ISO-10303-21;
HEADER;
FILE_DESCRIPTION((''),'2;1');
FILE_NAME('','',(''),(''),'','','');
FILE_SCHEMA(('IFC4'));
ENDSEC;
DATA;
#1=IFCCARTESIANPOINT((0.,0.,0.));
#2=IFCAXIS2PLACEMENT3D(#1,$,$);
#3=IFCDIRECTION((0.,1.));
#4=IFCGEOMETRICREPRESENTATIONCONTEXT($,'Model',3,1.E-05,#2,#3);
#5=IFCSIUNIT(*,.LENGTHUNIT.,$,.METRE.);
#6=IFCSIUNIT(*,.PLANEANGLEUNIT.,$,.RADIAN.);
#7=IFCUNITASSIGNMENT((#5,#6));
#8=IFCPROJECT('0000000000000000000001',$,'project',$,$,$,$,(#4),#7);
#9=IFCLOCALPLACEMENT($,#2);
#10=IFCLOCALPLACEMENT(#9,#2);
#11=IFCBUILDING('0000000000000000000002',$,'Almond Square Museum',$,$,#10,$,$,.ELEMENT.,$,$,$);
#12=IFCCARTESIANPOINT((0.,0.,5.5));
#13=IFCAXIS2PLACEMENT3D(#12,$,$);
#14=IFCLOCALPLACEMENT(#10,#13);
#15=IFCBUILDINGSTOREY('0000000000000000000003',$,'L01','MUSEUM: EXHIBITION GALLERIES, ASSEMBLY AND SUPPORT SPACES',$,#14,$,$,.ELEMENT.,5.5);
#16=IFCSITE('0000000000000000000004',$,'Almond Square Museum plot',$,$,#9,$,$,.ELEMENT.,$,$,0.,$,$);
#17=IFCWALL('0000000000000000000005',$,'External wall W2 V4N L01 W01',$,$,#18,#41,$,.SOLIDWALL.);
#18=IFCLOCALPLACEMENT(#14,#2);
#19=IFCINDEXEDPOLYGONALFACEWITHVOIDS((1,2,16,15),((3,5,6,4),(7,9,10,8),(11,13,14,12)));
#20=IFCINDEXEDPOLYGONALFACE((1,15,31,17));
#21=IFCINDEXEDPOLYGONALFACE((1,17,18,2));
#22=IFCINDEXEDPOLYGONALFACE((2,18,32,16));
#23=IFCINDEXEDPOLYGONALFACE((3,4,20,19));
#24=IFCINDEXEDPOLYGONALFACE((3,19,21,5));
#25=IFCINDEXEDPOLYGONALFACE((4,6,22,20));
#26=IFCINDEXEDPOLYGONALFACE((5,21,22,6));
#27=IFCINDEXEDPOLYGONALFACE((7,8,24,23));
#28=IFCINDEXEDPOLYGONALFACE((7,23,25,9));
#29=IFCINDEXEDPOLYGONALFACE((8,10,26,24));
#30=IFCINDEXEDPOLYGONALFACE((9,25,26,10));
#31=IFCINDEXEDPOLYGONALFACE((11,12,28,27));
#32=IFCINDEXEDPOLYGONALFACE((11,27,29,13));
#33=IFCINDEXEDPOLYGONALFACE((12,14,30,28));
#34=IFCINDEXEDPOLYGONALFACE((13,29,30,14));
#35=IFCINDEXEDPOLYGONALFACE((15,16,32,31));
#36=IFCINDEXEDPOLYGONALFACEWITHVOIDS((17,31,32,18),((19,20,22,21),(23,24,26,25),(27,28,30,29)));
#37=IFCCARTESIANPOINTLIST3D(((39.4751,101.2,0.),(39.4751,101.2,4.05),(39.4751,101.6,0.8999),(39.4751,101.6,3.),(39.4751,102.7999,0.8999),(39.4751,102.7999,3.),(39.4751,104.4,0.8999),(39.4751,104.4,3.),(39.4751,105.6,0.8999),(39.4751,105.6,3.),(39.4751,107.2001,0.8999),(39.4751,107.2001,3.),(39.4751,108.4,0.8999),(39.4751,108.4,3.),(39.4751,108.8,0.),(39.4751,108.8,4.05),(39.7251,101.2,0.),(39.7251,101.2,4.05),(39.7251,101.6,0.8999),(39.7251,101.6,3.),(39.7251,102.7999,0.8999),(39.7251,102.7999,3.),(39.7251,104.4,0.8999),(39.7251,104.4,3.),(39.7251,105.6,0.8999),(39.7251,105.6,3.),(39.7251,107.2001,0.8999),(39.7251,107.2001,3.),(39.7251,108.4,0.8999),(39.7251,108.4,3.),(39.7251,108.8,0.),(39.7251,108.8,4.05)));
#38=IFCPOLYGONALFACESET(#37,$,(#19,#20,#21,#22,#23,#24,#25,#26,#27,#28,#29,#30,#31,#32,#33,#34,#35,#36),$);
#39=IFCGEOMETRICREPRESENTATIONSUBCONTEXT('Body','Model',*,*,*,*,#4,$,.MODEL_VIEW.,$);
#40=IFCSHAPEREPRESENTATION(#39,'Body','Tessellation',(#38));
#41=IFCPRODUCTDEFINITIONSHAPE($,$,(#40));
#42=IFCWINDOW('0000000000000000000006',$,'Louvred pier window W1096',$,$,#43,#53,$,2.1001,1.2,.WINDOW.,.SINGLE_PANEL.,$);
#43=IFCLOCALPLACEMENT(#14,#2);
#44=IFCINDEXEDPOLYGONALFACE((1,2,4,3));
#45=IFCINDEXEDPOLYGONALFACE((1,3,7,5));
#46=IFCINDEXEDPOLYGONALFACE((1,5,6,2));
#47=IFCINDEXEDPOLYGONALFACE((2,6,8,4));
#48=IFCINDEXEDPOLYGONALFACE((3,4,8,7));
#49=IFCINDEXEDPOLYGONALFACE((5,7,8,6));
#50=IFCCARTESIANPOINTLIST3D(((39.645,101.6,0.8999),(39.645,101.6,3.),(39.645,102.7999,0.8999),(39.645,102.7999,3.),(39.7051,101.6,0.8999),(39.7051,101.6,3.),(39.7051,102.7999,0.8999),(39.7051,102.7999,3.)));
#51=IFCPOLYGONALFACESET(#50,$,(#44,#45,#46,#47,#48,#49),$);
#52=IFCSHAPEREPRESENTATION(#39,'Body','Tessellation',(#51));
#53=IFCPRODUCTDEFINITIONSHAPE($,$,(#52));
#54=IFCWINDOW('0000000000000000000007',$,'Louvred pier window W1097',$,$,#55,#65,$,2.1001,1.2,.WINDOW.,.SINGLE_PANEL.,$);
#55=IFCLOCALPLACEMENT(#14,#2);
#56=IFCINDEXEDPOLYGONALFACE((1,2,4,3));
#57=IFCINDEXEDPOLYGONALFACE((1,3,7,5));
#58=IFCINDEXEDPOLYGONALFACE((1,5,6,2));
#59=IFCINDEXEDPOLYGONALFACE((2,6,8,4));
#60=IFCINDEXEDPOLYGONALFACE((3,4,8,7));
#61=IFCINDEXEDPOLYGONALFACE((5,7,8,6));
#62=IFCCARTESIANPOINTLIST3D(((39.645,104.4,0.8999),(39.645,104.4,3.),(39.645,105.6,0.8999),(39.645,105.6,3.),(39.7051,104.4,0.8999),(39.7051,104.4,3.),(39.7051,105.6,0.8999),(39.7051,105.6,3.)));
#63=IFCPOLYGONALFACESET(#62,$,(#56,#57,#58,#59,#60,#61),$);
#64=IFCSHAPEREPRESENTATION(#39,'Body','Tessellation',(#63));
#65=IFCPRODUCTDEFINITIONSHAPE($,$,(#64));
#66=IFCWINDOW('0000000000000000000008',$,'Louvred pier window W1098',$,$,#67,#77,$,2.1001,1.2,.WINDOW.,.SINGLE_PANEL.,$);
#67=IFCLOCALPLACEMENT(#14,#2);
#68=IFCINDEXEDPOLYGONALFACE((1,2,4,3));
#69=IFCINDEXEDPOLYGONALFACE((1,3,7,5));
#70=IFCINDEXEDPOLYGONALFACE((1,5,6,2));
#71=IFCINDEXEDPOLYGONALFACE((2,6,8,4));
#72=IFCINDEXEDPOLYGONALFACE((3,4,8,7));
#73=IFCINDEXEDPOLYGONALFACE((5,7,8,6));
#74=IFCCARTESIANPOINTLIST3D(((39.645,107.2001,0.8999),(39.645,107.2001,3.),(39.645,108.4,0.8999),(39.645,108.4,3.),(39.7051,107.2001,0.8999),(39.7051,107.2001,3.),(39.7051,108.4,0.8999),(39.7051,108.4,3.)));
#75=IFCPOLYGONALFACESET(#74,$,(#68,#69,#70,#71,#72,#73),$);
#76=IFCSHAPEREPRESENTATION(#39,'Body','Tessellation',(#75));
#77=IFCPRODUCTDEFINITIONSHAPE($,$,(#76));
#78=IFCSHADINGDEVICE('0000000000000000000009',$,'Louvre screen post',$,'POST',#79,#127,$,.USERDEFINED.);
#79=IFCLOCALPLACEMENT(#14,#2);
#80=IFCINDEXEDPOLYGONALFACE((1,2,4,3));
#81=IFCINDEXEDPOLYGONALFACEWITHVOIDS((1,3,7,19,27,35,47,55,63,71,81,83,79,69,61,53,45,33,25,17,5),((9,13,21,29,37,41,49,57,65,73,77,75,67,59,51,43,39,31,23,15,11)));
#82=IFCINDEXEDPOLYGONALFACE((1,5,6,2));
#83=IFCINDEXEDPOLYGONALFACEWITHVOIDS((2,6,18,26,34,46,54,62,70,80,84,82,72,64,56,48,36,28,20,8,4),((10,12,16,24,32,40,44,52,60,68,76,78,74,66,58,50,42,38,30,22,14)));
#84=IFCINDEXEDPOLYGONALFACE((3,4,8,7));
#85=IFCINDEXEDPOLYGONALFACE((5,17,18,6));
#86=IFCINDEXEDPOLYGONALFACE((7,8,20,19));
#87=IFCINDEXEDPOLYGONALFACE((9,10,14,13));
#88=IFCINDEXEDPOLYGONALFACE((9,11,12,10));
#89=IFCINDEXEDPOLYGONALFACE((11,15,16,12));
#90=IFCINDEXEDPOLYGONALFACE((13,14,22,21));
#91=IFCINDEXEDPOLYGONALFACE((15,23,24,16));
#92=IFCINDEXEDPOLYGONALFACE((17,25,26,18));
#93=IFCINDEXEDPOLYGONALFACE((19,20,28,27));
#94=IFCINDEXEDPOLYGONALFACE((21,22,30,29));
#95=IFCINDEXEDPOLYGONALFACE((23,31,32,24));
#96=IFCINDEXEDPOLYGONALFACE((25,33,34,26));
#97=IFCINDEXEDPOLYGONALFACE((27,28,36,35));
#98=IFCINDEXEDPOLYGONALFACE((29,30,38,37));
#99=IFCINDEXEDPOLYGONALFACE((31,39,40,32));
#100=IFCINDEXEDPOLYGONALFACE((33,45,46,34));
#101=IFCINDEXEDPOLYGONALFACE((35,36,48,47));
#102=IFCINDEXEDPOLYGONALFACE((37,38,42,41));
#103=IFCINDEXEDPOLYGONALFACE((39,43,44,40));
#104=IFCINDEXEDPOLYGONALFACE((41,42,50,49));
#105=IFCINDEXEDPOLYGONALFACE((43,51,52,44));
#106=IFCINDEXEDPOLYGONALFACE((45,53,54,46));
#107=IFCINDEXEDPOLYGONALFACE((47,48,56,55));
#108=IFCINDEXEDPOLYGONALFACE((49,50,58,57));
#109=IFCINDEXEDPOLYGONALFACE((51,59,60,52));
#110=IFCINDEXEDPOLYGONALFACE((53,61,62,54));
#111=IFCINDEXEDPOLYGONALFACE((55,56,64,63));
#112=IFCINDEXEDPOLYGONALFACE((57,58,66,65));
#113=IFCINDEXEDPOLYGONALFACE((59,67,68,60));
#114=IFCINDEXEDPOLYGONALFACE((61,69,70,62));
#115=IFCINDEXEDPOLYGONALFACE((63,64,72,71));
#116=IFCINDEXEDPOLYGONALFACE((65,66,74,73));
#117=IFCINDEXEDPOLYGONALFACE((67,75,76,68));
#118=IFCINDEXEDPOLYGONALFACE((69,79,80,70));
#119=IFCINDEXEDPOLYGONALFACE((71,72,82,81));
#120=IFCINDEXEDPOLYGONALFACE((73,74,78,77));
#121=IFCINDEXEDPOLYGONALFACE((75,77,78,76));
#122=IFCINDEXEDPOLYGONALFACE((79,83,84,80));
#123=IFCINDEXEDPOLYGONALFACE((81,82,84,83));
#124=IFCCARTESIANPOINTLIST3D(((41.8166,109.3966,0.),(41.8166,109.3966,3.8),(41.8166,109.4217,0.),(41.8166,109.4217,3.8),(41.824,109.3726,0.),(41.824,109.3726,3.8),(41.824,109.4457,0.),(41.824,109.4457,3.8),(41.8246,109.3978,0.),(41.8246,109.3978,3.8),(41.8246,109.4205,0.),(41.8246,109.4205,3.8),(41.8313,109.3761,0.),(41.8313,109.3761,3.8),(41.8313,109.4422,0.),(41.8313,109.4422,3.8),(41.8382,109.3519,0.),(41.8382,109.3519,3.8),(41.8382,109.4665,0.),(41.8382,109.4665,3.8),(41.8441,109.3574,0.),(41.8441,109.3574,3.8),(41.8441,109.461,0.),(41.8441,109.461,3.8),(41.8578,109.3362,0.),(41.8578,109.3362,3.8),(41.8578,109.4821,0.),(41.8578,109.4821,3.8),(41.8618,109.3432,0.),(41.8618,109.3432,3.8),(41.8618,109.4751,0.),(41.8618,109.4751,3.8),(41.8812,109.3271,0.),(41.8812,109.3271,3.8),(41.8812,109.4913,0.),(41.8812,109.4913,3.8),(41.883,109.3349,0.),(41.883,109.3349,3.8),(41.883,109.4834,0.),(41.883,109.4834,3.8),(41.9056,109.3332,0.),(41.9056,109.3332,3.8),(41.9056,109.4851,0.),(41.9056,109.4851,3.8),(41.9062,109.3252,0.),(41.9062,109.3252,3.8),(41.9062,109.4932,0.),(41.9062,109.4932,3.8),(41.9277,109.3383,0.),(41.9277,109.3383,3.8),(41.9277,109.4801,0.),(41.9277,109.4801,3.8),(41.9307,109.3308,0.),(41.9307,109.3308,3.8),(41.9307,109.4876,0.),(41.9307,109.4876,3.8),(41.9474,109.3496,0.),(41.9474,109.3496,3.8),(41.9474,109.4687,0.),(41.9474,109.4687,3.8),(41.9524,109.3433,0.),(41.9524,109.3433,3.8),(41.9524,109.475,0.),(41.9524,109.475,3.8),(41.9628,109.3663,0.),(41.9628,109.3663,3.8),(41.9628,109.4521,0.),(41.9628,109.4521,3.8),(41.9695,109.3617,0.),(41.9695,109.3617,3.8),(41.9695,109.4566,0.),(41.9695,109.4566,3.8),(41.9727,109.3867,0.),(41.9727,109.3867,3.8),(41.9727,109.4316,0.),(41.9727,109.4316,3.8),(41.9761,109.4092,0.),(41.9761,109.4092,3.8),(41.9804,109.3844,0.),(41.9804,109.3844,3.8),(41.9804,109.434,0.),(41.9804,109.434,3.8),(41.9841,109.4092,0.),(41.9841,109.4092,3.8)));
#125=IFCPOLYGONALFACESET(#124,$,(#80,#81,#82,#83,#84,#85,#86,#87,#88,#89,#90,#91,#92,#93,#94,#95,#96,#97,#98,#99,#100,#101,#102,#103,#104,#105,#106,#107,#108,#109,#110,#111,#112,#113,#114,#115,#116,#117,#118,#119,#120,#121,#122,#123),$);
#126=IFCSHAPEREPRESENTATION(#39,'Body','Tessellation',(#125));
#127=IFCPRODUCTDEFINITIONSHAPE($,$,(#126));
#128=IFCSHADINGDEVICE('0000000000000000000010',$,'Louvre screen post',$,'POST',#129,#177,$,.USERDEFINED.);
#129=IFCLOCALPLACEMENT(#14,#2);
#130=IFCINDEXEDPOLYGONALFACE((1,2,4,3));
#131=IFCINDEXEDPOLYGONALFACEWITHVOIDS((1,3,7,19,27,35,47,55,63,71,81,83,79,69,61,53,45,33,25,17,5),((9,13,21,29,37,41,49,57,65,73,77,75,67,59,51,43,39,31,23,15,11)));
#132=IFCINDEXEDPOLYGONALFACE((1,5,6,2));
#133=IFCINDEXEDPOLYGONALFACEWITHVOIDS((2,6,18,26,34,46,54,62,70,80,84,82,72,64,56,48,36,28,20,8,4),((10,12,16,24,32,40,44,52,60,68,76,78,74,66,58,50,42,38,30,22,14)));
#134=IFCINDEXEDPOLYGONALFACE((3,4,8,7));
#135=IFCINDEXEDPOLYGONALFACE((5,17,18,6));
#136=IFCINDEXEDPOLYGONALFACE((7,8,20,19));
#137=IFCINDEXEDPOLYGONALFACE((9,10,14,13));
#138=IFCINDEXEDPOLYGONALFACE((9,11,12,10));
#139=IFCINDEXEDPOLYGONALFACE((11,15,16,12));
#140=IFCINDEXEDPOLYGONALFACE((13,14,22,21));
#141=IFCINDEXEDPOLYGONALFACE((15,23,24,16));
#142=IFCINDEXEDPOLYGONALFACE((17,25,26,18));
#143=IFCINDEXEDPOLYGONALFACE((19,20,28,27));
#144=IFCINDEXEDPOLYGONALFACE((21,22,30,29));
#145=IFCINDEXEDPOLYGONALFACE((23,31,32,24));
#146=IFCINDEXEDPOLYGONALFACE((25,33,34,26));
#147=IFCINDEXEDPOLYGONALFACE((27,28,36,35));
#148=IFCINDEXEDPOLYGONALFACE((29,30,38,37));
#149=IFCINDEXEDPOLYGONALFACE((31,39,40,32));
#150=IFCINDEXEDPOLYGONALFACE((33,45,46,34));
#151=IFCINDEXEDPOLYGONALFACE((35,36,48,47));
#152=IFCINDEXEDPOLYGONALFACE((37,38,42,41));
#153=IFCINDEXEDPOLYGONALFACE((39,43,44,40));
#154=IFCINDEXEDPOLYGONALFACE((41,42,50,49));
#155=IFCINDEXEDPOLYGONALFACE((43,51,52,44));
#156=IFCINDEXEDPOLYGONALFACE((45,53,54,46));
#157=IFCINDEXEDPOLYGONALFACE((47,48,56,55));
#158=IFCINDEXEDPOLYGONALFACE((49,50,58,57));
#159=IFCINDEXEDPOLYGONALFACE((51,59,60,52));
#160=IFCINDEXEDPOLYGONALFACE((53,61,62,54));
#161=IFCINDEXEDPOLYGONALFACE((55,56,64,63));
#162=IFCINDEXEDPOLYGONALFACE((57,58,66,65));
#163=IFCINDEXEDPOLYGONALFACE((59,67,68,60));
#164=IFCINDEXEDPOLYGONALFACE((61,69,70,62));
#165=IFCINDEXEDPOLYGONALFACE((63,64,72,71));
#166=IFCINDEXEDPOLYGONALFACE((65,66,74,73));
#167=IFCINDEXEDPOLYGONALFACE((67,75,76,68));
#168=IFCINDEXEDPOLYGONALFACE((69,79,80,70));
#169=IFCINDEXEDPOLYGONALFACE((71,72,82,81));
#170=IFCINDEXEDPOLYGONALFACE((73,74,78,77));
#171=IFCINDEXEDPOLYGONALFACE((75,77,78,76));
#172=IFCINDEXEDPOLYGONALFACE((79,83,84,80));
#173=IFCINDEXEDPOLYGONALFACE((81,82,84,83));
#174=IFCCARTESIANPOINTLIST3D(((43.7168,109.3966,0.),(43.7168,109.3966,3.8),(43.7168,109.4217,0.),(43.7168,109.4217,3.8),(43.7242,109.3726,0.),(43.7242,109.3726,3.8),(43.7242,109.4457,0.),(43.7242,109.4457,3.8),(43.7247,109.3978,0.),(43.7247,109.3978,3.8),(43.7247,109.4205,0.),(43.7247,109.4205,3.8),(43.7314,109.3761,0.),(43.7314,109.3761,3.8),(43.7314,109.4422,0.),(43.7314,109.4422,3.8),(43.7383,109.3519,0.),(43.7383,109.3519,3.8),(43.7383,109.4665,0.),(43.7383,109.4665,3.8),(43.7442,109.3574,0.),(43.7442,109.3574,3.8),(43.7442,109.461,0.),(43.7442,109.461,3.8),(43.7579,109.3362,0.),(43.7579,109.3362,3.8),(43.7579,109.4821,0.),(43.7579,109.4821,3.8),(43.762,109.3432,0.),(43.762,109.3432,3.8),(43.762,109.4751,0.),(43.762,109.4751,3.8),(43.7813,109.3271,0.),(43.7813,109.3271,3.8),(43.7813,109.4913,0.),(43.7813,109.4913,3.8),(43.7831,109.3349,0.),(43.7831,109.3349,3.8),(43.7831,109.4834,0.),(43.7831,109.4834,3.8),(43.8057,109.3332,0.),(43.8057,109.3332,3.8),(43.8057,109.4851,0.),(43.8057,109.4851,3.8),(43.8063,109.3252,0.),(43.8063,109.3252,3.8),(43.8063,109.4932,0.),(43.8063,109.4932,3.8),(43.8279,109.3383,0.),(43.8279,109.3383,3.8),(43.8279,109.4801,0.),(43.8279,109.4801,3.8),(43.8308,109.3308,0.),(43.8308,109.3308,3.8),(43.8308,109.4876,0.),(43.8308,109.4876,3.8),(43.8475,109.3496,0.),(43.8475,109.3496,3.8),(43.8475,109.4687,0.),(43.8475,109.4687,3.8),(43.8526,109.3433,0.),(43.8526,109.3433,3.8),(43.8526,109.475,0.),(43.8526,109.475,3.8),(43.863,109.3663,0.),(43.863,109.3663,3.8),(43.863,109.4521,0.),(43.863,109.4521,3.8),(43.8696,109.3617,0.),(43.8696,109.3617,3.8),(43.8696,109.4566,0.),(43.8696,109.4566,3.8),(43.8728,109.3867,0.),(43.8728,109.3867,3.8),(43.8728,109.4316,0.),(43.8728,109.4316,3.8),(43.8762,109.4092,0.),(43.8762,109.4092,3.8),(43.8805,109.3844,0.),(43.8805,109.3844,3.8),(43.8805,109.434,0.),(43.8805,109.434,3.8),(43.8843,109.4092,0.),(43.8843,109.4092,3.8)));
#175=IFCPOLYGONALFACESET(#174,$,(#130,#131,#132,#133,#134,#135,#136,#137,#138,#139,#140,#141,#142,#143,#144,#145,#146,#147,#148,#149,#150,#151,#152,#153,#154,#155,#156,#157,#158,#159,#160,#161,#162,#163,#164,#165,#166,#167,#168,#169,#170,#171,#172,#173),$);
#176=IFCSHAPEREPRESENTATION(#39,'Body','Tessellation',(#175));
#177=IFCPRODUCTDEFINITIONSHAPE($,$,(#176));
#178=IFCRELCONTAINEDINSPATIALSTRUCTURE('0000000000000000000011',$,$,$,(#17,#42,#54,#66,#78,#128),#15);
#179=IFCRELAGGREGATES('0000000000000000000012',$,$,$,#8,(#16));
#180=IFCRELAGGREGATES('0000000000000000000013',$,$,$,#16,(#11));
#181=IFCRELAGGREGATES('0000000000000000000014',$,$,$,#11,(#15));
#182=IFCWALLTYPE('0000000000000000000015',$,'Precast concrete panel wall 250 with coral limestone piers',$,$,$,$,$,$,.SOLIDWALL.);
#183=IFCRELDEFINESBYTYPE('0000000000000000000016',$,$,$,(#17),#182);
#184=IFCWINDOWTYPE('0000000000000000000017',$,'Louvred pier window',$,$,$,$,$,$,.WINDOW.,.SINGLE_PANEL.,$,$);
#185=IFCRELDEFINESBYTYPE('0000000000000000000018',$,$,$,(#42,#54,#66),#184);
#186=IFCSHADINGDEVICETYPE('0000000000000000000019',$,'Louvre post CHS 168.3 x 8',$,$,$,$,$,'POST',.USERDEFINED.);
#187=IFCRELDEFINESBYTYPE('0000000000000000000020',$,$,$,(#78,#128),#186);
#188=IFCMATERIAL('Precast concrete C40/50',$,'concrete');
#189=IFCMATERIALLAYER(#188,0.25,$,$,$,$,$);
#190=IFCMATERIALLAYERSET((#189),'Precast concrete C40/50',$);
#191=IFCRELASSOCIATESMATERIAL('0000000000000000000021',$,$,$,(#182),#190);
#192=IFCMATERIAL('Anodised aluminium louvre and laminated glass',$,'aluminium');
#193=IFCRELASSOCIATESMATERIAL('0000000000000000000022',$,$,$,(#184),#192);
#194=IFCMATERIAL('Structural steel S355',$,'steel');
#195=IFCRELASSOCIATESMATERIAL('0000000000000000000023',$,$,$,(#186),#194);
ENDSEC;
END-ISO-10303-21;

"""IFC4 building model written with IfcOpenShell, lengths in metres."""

from ifc_helpers import new_model, si_unit, direction, frame, frame_2d, origin, origin_2d, place, context, subcontext, project, spatial, rectangle, hollow_circle, extrude, material, layer, layer_set, material_profile, profile_set, type_object, element, fill, save


model = new_model("IFC4")

# Units and contexts
model_context = context("Model", 3, precision=1e-05, world=origin(), true_north=direction((0.0, 1.0)))
body_context = subcontext(model_context, "Body", "Model", "MODEL_VIEW")
ifc_project = project(units=[si_unit("LENGTHUNIT", "METRE"), si_unit("PLANEANGLEUNIT", "RADIAN")], contexts=[model_context])

# Site, building, storey
site_placement = place(None, origin())
site = spatial("IfcSite", under=ifc_project, at=site_placement, Name="Almond Square Museum plot", CompositionType="ELEMENT", RefElevation=0.0)
building_placement = place(site_placement, origin())
building = spatial("IfcBuilding", under=site, at=building_placement, Name="Almond Square Museum", CompositionType="ELEMENT")
storey_placement = place(building_placement, frame((0.0, 0.0, 5.5)))
storey = spatial("IfcBuildingStorey", under=building, at=storey_placement, Name="L01", Description="MUSEUM: EXHIBITION GALLERIES, ASSEMBLY AND SUPPORT SPACES", CompositionType="ELEMENT", Elevation=5.5)

# Wall, openings, windows
ifc_material_1 = material(Name="Precast concrete C40/50", Category="concrete")
ifc_layer = layer(ifc_material_1, 0.25)
ifc_layer_set = layer_set([ifc_layer], Name="Precast concrete C40/50")
wall_type = type_object("IfcWallType", Name="Precast concrete panel wall 250 with coral limestone piers", PredefinedType="SOLIDWALL", material=ifc_layer_set)
ifc_material_2 = material(Name="Anodised aluminium louvre and laminated glass", Category="aluminium")
window_type = type_object("IfcWindowType", Name="Louvred pier window", PartitioningType="SINGLE_PANEL", PredefinedType="WINDOW", material=ifc_material_2)
wall_1_placement = place(storey_placement, frame((39.6001, 101.2, 0.0), z_axis=(0.0, 0.0, 1.0), x_axis=(0.0, 1.0, 0.0)))
wall_1 = element("IfcWall", 1, at=wall_1_placement, inside=storey, type_object=wall_type, Name="External wall W2 V4N L01 W01", PredefinedType="SOLIDWALL", context=body_context, shape_type="SweptSolid", body=[
    extrude(rectangle(XDim=7.6001, YDim=0.25, at=frame_2d((3.8, 0.0))), origin(), (0.0, 0.0, 1.0), 4.05),
])
opening_1_placement = place(wall_1_placement, frame((0.3999, 0.0, 0.8999)))
opening_1 = element("IfcOpeningElement", 2, at=opening_1_placement, cuts=wall_1, PredefinedType="OPENING", context=body_context, shape_type="SweptSolid", body=[
    extrude(rectangle(XDim=1.2, YDim=2.1001, at=frame_2d((0.6001, 1.05))), frame((0.0, 0.135, 0.0), z_axis=(0.0, -1.0, 0.0), x_axis=(1.0, 0.0, 0.0)), (0.0, 0.0, 1.0), 0.27),
])
opening_2_placement = place(wall_1_placement, frame((3.2, 0.0, 0.8999)))
opening_2 = element("IfcOpeningElement", 3, at=opening_2_placement, cuts=wall_1, PredefinedType="OPENING", context=body_context, shape_type="SweptSolid", body=[
    extrude(rectangle(XDim=1.2, YDim=2.1001, at=frame_2d((0.6001, 1.05))), frame((0.0, 0.135, 0.0), z_axis=(0.0, -1.0, 0.0), x_axis=(1.0, 0.0, 0.0)), (0.0, 0.0, 1.0), 0.27),
])
opening_3_placement = place(wall_1_placement, frame((6.0, 0.0, 0.8999)))
opening_3 = element("IfcOpeningElement", 4, at=opening_3_placement, cuts=wall_1, PredefinedType="OPENING", context=body_context, shape_type="SweptSolid", body=[
    extrude(rectangle(XDim=1.2, YDim=2.1001, at=frame_2d((0.6001, 1.05))), frame((0.0, 0.135, 0.0), z_axis=(0.0, -1.0, 0.0), x_axis=(1.0, 0.0, 0.0)), (0.0, 0.0, 1.0), 0.27),
])
window_1_placement = place(opening_1_placement, origin())
window_1 = element("IfcWindow", 5, at=window_1_placement, inside=storey, type_object=window_type, Name="Louvred pier window W1096", OverallHeight=2.1001, OverallWidth=1.2, PartitioningType="SINGLE_PANEL", PredefinedType="WINDOW", context=body_context, shape_type="SweptSolid", body=[
    extrude(rectangle(XDim=1.2, YDim=2.1001, at=frame_2d((0.6001, 1.05))), frame((0.0, -0.0449, 0.0), z_axis=(0.0, -1.0, 0.0), x_axis=(1.0, 0.0, 0.0)), (0.0, 0.0, 1.0), 0.0601),
])
fill(opening_1, window_1)
window_2_placement = place(opening_2_placement, origin())
window_2 = element("IfcWindow", 6, at=window_2_placement, inside=storey, type_object=window_type, Name="Louvred pier window W1097", OverallHeight=2.1001, OverallWidth=1.2, PartitioningType="SINGLE_PANEL", PredefinedType="WINDOW", context=body_context, shape_type="SweptSolid", body=[
    extrude(rectangle(XDim=1.2, YDim=2.1001, at=frame_2d((0.6001, 1.05))), frame((0.0, -0.0449, 0.0), z_axis=(0.0, -1.0, 0.0), x_axis=(1.0, 0.0, 0.0)), (0.0, 0.0, 1.0), 0.0601),
])
fill(opening_2, window_2)
window_3_placement = place(opening_3_placement, origin())
window_3 = element("IfcWindow", 7, at=window_3_placement, inside=storey, type_object=window_type, Name="Louvred pier window W1098", OverallHeight=2.1001, OverallWidth=1.2, PartitioningType="SINGLE_PANEL", PredefinedType="WINDOW", context=body_context, shape_type="SweptSolid", body=[
    extrude(rectangle(XDim=1.2, YDim=2.1001, at=frame_2d((0.6001, 1.05))), frame((0.0, -0.0449, 0.0), z_axis=(0.0, -1.0, 0.0), x_axis=(1.0, 0.0, 0.0)), (0.0, 0.0, 1.0), 0.0601),
])
fill(opening_3, window_3)

# Shading devices
ifc_material_3 = material(Name="Structural steel S355", Category="steel")
ifc_material_profile_1 = material_profile(ifc_material_3, hollow_circle(Radius=0.0842, WallThickness=0.0081, at=origin_2d()))
ifc_profile_set_1 = profile_set([ifc_material_profile_1], Name="Structural steel S355")
shading_device_type = type_object("IfcShadingDeviceType", Name="Louvre post CHS 168.3 x 8", ElementType="POST", PredefinedType="USERDEFINED", material=ifc_profile_set_1)
for number, where, z_axis, x_axis, name in (
    (8, (41.8999, 109.4092, 0.0), (0.0, 0.0, 1.0), (1.0, 0.0, 0.0), "Louvre screen post"),
    (9, (43.8, 109.4092, 0.0), (0.0, 0.0, 1.0), (1.0, 0.0, 0.0), "Louvre screen post"),
):
    element("IfcShadingDevice", number, at=place(storey_placement, frame(where, z_axis=z_axis, x_axis=x_axis)), inside=storey, type_object=shading_device_type, Name=name, ObjectType="POST", PredefinedType="USERDEFINED", context=body_context, shape_type="SweptSolid", body=[
        extrude(hollow_circle(Radius=0.0842, WallThickness=0.0081, at=origin_2d()), origin(), (0.0, 0.0, 1.0), 3.8),
    ])

save(model, "model.ifc")
